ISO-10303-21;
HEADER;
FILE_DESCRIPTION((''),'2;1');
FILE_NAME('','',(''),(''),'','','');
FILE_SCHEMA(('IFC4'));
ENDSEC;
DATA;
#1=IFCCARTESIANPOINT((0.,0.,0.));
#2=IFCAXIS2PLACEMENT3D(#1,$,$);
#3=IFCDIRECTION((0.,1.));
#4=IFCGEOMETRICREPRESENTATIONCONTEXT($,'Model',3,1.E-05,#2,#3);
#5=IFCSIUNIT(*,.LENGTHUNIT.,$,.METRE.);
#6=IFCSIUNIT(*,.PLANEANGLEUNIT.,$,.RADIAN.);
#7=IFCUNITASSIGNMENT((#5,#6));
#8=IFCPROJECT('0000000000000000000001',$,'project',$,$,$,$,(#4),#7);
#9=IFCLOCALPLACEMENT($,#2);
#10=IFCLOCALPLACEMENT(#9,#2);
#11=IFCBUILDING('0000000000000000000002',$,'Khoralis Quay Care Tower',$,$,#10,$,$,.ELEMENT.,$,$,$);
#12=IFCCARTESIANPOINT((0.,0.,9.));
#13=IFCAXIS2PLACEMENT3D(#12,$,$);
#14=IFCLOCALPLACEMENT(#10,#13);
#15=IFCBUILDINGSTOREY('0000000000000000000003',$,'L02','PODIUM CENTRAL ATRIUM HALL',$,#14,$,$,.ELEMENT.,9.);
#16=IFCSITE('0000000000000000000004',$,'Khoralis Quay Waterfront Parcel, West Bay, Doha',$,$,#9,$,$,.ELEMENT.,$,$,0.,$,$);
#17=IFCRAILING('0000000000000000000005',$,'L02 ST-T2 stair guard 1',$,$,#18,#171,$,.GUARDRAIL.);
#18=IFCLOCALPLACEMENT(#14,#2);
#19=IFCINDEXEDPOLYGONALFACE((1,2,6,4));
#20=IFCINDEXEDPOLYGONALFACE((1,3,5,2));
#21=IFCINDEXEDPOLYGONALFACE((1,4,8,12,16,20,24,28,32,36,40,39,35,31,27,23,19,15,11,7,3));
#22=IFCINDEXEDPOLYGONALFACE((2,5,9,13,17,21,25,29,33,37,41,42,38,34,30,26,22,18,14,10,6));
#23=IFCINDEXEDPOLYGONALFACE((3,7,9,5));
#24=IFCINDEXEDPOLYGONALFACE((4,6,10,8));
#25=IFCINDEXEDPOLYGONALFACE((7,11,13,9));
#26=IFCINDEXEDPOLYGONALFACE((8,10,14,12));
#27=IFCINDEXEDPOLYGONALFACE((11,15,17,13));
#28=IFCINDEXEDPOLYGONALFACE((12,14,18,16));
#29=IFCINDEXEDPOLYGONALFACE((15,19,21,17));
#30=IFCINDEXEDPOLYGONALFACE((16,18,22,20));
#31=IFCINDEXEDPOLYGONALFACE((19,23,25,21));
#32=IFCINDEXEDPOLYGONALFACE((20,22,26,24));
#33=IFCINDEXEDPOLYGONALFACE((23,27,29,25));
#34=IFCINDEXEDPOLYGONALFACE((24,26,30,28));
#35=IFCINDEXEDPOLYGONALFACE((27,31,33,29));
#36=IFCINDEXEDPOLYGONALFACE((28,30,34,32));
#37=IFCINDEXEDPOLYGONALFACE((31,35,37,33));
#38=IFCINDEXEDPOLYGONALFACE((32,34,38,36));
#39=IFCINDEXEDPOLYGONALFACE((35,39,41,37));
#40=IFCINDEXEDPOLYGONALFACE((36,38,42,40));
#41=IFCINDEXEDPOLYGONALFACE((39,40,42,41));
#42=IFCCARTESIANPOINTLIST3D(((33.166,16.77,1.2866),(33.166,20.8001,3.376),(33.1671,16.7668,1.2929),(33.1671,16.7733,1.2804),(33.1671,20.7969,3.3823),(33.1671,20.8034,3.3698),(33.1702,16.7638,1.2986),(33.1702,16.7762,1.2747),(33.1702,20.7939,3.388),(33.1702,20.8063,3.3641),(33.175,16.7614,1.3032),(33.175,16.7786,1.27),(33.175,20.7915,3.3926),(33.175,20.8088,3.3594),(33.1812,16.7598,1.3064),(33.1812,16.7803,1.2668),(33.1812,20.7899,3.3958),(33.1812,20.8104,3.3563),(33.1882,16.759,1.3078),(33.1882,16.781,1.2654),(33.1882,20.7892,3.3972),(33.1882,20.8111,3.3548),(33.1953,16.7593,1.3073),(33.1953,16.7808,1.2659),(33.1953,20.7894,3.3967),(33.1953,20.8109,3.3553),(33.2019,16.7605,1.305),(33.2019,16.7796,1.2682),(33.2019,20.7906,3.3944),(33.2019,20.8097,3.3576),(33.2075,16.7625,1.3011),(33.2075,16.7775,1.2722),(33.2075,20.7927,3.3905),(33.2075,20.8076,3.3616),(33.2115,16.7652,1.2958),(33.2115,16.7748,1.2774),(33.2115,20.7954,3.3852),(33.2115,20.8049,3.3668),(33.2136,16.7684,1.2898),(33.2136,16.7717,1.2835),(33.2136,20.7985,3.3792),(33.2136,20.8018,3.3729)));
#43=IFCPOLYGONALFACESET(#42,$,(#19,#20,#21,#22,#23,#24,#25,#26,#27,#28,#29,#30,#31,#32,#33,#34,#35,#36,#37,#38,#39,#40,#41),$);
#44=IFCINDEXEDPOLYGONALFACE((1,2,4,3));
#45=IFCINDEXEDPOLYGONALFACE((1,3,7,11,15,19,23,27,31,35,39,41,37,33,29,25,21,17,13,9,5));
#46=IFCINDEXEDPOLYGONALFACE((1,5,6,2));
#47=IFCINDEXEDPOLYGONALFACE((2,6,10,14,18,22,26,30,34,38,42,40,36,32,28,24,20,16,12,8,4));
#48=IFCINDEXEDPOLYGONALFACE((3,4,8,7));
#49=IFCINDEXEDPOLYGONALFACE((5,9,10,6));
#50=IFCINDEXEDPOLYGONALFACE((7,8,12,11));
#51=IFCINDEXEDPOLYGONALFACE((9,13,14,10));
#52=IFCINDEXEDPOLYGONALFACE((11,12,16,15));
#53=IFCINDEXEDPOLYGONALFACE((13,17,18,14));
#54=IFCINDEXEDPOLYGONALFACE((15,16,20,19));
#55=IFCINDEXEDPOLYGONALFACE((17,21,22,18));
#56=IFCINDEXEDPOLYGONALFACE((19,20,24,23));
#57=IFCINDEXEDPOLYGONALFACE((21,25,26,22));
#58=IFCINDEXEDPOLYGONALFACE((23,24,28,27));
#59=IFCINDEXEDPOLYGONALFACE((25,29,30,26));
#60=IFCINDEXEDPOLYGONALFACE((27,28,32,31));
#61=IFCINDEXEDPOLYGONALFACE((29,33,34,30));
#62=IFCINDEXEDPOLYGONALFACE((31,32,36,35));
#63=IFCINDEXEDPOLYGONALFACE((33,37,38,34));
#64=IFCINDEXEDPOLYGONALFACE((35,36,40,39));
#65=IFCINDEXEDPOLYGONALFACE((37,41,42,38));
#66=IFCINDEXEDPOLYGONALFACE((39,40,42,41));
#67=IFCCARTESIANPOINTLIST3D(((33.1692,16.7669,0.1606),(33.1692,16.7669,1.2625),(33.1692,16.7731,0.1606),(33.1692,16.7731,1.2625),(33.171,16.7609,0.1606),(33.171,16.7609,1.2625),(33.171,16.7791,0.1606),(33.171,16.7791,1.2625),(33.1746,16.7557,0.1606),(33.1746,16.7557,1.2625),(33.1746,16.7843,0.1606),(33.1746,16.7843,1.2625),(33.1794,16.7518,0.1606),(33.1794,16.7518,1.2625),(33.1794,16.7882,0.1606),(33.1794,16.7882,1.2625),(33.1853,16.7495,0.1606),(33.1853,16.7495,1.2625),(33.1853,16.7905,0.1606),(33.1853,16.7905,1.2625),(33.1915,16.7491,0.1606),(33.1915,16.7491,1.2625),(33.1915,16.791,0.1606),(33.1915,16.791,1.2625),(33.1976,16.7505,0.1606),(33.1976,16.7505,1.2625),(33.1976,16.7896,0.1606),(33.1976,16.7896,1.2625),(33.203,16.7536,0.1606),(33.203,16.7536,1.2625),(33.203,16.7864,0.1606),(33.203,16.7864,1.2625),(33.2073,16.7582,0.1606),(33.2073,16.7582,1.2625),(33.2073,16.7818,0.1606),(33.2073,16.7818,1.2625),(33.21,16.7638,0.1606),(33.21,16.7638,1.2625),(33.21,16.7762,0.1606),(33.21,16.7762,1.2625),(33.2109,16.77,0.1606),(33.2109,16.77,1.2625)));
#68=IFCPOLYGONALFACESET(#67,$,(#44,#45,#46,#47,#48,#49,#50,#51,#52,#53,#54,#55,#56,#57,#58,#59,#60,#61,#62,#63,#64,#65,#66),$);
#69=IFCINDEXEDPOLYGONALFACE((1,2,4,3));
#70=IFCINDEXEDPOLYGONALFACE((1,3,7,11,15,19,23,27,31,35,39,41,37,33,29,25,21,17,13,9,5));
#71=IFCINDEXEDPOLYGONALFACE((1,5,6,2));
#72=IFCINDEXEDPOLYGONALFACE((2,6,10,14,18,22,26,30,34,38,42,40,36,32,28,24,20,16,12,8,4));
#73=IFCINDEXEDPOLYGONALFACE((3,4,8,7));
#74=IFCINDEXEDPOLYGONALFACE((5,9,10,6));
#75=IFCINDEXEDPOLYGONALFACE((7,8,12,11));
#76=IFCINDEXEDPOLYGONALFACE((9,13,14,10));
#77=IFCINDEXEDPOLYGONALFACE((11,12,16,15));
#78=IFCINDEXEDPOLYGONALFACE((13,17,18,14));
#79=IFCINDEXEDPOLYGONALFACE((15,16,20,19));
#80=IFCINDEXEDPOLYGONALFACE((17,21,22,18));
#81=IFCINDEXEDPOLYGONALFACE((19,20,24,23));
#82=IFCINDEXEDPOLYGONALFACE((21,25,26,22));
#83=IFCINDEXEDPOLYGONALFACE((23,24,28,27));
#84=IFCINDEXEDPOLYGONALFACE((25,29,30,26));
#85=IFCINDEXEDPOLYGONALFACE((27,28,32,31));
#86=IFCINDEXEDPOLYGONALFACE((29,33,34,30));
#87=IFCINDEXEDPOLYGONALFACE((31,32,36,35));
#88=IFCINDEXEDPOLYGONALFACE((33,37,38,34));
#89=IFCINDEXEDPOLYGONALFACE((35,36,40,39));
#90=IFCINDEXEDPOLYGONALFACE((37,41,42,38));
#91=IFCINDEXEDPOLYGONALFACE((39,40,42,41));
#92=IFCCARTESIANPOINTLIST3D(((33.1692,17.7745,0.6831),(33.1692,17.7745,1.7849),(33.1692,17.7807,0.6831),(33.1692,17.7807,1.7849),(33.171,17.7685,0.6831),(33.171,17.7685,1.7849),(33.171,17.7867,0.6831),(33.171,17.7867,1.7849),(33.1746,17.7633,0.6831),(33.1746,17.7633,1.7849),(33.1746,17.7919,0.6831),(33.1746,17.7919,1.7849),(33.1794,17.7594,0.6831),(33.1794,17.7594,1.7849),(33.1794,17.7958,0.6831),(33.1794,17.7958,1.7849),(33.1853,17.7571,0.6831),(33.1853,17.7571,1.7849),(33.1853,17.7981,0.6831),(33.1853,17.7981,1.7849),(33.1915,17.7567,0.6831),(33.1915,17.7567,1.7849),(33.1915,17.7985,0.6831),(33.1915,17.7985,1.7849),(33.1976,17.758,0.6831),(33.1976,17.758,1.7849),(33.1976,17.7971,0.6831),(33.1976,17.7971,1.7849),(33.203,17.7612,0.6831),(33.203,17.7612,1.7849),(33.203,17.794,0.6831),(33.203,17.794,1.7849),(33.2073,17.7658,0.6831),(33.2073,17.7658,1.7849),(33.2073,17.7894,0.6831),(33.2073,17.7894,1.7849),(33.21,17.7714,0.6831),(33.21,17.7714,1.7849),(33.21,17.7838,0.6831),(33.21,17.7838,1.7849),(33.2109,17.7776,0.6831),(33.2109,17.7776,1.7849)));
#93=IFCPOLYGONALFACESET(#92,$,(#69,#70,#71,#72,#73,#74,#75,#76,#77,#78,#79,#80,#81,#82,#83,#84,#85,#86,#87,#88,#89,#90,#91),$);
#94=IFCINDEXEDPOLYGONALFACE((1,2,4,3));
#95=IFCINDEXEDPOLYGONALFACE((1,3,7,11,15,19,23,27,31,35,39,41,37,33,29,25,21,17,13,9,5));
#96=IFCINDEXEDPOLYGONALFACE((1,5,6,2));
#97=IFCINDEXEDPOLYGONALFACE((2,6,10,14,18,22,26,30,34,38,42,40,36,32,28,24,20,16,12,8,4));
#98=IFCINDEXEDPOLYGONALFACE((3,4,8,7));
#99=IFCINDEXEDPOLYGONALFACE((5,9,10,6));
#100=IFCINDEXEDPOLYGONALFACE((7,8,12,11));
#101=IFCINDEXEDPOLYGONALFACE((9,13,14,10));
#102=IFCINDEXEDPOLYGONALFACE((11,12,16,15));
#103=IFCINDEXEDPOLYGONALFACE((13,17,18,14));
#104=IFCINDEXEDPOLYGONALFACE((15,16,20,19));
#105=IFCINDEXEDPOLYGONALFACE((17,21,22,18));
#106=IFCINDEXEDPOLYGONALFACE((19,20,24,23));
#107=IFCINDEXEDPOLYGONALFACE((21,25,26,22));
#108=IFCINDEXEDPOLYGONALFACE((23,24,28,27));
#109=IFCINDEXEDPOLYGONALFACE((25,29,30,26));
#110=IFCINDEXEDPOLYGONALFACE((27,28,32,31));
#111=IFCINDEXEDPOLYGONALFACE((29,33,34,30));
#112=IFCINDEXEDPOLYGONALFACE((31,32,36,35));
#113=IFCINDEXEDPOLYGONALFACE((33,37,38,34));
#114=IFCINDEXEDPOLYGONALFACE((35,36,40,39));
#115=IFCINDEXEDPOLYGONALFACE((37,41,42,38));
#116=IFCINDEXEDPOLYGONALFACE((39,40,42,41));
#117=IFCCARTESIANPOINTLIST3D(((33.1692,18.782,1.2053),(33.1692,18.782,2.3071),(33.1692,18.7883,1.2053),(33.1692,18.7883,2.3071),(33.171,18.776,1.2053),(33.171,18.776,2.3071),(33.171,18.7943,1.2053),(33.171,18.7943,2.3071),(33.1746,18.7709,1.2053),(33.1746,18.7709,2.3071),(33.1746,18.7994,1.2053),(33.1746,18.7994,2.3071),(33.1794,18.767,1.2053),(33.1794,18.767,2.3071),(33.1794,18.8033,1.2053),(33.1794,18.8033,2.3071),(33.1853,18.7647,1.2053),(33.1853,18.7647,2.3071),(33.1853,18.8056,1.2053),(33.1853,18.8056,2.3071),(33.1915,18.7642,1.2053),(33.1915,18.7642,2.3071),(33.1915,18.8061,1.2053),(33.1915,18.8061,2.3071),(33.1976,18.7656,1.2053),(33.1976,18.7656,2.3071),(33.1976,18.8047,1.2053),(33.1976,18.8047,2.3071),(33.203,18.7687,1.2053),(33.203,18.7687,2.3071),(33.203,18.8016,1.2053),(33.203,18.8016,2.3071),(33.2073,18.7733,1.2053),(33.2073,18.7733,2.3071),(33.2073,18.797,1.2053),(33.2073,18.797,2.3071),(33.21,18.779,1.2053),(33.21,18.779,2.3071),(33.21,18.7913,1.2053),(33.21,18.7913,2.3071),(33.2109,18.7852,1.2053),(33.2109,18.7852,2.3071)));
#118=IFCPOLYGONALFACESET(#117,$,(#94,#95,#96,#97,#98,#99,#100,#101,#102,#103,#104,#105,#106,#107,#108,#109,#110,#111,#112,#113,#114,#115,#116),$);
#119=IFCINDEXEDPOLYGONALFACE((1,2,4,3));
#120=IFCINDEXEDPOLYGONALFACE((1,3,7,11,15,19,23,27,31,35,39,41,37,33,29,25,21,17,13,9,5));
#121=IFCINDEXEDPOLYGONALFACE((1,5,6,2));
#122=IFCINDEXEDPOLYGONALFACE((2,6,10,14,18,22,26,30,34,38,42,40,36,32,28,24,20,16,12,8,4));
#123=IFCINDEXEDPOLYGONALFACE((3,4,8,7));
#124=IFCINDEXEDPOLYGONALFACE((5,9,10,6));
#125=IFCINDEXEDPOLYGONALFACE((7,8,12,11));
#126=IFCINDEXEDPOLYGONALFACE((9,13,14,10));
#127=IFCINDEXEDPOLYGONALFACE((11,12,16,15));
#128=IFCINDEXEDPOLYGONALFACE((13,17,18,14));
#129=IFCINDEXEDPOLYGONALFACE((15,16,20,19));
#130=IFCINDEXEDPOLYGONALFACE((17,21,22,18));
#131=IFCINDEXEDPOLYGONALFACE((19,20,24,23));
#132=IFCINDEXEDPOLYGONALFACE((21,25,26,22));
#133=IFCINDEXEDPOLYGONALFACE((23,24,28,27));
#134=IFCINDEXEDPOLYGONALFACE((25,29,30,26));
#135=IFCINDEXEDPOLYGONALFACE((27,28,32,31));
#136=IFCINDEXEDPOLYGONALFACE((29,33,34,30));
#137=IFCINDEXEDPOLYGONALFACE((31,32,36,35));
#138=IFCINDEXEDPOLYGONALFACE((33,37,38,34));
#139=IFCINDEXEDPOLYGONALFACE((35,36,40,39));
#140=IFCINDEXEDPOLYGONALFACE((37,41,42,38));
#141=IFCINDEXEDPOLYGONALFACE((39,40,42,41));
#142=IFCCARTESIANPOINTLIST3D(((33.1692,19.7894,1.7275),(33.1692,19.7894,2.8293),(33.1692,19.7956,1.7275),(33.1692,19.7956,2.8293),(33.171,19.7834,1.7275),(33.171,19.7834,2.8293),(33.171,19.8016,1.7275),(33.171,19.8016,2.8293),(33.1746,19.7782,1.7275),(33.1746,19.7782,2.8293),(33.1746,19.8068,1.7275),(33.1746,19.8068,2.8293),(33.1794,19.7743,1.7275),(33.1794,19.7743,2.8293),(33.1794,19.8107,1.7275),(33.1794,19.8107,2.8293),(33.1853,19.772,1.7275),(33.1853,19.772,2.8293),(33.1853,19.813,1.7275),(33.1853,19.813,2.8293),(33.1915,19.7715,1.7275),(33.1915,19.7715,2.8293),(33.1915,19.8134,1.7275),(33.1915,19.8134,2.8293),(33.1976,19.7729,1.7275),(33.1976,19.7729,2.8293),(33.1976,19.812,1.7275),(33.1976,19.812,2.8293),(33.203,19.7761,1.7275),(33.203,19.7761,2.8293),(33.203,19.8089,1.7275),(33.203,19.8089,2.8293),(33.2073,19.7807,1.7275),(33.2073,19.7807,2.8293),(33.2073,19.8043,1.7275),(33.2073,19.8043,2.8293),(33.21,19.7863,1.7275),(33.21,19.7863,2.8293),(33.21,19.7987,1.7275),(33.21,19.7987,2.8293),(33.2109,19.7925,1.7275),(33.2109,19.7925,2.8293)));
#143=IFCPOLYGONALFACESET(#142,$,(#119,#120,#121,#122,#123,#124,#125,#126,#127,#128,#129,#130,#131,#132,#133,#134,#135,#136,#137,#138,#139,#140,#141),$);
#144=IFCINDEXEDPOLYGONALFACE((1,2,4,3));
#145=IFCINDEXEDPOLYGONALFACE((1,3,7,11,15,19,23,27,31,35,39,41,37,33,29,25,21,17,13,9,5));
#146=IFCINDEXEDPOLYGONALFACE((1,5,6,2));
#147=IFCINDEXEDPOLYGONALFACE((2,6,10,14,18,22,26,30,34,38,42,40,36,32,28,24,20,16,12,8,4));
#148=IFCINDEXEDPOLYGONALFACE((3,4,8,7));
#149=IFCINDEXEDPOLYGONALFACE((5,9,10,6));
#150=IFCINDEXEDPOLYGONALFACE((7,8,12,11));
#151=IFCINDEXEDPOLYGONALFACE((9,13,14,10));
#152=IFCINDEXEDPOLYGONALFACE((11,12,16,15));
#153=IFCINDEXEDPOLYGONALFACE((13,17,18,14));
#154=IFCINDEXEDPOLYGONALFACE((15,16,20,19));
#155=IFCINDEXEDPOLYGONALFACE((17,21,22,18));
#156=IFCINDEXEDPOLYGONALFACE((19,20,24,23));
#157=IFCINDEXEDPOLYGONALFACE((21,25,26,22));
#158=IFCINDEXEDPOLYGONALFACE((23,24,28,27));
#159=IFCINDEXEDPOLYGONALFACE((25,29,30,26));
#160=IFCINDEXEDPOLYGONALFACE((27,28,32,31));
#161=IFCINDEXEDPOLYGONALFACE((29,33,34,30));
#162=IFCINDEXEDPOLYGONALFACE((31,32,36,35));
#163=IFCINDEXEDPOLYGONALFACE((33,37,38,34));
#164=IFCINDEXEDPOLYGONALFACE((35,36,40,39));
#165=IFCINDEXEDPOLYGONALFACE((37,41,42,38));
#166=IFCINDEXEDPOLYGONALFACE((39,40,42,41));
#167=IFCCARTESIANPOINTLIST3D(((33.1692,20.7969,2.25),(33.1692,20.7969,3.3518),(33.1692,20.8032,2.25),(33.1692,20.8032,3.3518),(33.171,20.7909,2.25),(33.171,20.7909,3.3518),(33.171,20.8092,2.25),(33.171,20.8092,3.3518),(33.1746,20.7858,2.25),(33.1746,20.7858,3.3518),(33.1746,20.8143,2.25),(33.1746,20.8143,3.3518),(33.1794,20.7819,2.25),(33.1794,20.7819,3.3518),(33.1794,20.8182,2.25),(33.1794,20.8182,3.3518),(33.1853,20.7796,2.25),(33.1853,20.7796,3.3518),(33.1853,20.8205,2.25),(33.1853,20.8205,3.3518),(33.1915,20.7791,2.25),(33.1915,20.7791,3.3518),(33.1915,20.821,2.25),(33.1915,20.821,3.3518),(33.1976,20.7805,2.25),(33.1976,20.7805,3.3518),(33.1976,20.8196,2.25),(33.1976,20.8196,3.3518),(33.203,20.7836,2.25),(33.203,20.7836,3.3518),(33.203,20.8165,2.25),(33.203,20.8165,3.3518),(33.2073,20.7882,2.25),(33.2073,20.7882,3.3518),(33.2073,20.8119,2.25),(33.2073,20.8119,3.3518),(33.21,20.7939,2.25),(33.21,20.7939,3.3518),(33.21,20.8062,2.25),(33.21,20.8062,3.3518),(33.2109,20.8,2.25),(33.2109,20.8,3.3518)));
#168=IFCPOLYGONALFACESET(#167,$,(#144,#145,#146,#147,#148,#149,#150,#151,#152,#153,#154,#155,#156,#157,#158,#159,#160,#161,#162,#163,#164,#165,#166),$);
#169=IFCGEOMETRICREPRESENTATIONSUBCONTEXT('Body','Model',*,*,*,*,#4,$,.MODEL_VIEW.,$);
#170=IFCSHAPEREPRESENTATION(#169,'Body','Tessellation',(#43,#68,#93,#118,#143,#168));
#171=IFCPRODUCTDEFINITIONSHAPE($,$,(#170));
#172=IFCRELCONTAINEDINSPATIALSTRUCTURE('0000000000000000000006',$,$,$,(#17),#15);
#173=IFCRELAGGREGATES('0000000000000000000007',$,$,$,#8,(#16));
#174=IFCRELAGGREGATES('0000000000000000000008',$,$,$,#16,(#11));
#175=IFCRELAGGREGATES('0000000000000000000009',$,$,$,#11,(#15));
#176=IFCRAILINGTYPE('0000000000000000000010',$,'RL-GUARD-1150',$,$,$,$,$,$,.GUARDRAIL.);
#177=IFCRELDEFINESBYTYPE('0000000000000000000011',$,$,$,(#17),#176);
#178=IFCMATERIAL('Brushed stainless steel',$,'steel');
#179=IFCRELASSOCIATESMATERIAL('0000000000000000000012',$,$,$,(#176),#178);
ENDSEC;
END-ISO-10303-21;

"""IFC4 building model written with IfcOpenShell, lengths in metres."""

from ifc_helpers import new_model, si_unit, direction, frame, origin, origin_2d, place, context, subcontext, project, spatial, circle, extrude, material, type_object, element, save


model = new_model("IFC4")

# Units and contexts
model_context = context("Model", 3, precision=1e-05, world=origin(), true_north=direction((0.0, 1.0)))
body_context = subcontext(model_context, "Body", "Model", "MODEL_VIEW")
ifc_project = project(units=[si_unit("LENGTHUNIT", "METRE"), si_unit("PLANEANGLEUNIT", "RADIAN")], contexts=[model_context])

# Site, building, storey
site_placement = place(None, origin())
site = spatial("IfcSite", under=ifc_project, at=site_placement, Name="Khoralis Quay Waterfront Parcel, West Bay, Doha", CompositionType="ELEMENT", RefElevation=0.0)
building_placement = place(site_placement, origin())
building = spatial("IfcBuilding", under=site, at=building_placement, Name="Khoralis Quay Care Tower", CompositionType="ELEMENT")
storey_placement = place(building_placement, frame((0.0, 0.0, 9.0)))
storey = spatial("IfcBuildingStorey", under=building, at=storey_placement, Name="L02", Description="PODIUM CENTRAL ATRIUM HALL", CompositionType="ELEMENT", Elevation=9.0)

# Shared definitions
ifc_material_1 = material(Name="Brushed stainless steel", Category="steel")

# Railing
railing_type_1 = type_object("IfcRailingType", Name="RL-GUARD-1150", PredefinedType="GUARDRAIL", material=ifc_material_1)
railing_1_placement = place(storey_placement, frame((33.1899, 16.77, 0.1606)))
element("IfcRailing", 1, at=railing_1_placement, inside=storey, type_object=railing_type_1, Name="L02 ST-T2 stair guard 1", PredefinedType="GUARDRAIL", context=body_context, shape_type="SweptSolid", body=[
    extrude(circle(Radius=0.0239, at=origin_2d()), frame((0.0, 0.0, 1.126), z_axis=(0.0, 0.887781, 0.460267), x_axis=(-1.0, 0.0, 0.0)), (0.0, 0.0, 1.0), 4.5396),
    extrude(circle(Radius=0.021, at=origin_2d()), origin(), (0.0, 0.0, 1.0), 1.1018),
    extrude(circle(Radius=0.021, at=origin_2d()), frame((0.0, 1.0076, 0.5225)), (0.0, 0.0, 1.0), 1.1018),
    extrude(circle(Radius=0.021, at=origin_2d()), frame((0.0, 2.0151, 1.0447)), (0.0, 0.0, 1.0), 1.1018),
    extrude(circle(Radius=0.021, at=origin_2d()), frame((0.0, 3.0225, 1.5669)), (0.0, 0.0, 1.0), 1.1018),
    extrude(circle(Radius=0.021, at=origin_2d()), frame((0.0, 4.03, 2.0894)), (0.0, 0.0, 1.0), 1.1018),
])

save(model, "model.ifc")
